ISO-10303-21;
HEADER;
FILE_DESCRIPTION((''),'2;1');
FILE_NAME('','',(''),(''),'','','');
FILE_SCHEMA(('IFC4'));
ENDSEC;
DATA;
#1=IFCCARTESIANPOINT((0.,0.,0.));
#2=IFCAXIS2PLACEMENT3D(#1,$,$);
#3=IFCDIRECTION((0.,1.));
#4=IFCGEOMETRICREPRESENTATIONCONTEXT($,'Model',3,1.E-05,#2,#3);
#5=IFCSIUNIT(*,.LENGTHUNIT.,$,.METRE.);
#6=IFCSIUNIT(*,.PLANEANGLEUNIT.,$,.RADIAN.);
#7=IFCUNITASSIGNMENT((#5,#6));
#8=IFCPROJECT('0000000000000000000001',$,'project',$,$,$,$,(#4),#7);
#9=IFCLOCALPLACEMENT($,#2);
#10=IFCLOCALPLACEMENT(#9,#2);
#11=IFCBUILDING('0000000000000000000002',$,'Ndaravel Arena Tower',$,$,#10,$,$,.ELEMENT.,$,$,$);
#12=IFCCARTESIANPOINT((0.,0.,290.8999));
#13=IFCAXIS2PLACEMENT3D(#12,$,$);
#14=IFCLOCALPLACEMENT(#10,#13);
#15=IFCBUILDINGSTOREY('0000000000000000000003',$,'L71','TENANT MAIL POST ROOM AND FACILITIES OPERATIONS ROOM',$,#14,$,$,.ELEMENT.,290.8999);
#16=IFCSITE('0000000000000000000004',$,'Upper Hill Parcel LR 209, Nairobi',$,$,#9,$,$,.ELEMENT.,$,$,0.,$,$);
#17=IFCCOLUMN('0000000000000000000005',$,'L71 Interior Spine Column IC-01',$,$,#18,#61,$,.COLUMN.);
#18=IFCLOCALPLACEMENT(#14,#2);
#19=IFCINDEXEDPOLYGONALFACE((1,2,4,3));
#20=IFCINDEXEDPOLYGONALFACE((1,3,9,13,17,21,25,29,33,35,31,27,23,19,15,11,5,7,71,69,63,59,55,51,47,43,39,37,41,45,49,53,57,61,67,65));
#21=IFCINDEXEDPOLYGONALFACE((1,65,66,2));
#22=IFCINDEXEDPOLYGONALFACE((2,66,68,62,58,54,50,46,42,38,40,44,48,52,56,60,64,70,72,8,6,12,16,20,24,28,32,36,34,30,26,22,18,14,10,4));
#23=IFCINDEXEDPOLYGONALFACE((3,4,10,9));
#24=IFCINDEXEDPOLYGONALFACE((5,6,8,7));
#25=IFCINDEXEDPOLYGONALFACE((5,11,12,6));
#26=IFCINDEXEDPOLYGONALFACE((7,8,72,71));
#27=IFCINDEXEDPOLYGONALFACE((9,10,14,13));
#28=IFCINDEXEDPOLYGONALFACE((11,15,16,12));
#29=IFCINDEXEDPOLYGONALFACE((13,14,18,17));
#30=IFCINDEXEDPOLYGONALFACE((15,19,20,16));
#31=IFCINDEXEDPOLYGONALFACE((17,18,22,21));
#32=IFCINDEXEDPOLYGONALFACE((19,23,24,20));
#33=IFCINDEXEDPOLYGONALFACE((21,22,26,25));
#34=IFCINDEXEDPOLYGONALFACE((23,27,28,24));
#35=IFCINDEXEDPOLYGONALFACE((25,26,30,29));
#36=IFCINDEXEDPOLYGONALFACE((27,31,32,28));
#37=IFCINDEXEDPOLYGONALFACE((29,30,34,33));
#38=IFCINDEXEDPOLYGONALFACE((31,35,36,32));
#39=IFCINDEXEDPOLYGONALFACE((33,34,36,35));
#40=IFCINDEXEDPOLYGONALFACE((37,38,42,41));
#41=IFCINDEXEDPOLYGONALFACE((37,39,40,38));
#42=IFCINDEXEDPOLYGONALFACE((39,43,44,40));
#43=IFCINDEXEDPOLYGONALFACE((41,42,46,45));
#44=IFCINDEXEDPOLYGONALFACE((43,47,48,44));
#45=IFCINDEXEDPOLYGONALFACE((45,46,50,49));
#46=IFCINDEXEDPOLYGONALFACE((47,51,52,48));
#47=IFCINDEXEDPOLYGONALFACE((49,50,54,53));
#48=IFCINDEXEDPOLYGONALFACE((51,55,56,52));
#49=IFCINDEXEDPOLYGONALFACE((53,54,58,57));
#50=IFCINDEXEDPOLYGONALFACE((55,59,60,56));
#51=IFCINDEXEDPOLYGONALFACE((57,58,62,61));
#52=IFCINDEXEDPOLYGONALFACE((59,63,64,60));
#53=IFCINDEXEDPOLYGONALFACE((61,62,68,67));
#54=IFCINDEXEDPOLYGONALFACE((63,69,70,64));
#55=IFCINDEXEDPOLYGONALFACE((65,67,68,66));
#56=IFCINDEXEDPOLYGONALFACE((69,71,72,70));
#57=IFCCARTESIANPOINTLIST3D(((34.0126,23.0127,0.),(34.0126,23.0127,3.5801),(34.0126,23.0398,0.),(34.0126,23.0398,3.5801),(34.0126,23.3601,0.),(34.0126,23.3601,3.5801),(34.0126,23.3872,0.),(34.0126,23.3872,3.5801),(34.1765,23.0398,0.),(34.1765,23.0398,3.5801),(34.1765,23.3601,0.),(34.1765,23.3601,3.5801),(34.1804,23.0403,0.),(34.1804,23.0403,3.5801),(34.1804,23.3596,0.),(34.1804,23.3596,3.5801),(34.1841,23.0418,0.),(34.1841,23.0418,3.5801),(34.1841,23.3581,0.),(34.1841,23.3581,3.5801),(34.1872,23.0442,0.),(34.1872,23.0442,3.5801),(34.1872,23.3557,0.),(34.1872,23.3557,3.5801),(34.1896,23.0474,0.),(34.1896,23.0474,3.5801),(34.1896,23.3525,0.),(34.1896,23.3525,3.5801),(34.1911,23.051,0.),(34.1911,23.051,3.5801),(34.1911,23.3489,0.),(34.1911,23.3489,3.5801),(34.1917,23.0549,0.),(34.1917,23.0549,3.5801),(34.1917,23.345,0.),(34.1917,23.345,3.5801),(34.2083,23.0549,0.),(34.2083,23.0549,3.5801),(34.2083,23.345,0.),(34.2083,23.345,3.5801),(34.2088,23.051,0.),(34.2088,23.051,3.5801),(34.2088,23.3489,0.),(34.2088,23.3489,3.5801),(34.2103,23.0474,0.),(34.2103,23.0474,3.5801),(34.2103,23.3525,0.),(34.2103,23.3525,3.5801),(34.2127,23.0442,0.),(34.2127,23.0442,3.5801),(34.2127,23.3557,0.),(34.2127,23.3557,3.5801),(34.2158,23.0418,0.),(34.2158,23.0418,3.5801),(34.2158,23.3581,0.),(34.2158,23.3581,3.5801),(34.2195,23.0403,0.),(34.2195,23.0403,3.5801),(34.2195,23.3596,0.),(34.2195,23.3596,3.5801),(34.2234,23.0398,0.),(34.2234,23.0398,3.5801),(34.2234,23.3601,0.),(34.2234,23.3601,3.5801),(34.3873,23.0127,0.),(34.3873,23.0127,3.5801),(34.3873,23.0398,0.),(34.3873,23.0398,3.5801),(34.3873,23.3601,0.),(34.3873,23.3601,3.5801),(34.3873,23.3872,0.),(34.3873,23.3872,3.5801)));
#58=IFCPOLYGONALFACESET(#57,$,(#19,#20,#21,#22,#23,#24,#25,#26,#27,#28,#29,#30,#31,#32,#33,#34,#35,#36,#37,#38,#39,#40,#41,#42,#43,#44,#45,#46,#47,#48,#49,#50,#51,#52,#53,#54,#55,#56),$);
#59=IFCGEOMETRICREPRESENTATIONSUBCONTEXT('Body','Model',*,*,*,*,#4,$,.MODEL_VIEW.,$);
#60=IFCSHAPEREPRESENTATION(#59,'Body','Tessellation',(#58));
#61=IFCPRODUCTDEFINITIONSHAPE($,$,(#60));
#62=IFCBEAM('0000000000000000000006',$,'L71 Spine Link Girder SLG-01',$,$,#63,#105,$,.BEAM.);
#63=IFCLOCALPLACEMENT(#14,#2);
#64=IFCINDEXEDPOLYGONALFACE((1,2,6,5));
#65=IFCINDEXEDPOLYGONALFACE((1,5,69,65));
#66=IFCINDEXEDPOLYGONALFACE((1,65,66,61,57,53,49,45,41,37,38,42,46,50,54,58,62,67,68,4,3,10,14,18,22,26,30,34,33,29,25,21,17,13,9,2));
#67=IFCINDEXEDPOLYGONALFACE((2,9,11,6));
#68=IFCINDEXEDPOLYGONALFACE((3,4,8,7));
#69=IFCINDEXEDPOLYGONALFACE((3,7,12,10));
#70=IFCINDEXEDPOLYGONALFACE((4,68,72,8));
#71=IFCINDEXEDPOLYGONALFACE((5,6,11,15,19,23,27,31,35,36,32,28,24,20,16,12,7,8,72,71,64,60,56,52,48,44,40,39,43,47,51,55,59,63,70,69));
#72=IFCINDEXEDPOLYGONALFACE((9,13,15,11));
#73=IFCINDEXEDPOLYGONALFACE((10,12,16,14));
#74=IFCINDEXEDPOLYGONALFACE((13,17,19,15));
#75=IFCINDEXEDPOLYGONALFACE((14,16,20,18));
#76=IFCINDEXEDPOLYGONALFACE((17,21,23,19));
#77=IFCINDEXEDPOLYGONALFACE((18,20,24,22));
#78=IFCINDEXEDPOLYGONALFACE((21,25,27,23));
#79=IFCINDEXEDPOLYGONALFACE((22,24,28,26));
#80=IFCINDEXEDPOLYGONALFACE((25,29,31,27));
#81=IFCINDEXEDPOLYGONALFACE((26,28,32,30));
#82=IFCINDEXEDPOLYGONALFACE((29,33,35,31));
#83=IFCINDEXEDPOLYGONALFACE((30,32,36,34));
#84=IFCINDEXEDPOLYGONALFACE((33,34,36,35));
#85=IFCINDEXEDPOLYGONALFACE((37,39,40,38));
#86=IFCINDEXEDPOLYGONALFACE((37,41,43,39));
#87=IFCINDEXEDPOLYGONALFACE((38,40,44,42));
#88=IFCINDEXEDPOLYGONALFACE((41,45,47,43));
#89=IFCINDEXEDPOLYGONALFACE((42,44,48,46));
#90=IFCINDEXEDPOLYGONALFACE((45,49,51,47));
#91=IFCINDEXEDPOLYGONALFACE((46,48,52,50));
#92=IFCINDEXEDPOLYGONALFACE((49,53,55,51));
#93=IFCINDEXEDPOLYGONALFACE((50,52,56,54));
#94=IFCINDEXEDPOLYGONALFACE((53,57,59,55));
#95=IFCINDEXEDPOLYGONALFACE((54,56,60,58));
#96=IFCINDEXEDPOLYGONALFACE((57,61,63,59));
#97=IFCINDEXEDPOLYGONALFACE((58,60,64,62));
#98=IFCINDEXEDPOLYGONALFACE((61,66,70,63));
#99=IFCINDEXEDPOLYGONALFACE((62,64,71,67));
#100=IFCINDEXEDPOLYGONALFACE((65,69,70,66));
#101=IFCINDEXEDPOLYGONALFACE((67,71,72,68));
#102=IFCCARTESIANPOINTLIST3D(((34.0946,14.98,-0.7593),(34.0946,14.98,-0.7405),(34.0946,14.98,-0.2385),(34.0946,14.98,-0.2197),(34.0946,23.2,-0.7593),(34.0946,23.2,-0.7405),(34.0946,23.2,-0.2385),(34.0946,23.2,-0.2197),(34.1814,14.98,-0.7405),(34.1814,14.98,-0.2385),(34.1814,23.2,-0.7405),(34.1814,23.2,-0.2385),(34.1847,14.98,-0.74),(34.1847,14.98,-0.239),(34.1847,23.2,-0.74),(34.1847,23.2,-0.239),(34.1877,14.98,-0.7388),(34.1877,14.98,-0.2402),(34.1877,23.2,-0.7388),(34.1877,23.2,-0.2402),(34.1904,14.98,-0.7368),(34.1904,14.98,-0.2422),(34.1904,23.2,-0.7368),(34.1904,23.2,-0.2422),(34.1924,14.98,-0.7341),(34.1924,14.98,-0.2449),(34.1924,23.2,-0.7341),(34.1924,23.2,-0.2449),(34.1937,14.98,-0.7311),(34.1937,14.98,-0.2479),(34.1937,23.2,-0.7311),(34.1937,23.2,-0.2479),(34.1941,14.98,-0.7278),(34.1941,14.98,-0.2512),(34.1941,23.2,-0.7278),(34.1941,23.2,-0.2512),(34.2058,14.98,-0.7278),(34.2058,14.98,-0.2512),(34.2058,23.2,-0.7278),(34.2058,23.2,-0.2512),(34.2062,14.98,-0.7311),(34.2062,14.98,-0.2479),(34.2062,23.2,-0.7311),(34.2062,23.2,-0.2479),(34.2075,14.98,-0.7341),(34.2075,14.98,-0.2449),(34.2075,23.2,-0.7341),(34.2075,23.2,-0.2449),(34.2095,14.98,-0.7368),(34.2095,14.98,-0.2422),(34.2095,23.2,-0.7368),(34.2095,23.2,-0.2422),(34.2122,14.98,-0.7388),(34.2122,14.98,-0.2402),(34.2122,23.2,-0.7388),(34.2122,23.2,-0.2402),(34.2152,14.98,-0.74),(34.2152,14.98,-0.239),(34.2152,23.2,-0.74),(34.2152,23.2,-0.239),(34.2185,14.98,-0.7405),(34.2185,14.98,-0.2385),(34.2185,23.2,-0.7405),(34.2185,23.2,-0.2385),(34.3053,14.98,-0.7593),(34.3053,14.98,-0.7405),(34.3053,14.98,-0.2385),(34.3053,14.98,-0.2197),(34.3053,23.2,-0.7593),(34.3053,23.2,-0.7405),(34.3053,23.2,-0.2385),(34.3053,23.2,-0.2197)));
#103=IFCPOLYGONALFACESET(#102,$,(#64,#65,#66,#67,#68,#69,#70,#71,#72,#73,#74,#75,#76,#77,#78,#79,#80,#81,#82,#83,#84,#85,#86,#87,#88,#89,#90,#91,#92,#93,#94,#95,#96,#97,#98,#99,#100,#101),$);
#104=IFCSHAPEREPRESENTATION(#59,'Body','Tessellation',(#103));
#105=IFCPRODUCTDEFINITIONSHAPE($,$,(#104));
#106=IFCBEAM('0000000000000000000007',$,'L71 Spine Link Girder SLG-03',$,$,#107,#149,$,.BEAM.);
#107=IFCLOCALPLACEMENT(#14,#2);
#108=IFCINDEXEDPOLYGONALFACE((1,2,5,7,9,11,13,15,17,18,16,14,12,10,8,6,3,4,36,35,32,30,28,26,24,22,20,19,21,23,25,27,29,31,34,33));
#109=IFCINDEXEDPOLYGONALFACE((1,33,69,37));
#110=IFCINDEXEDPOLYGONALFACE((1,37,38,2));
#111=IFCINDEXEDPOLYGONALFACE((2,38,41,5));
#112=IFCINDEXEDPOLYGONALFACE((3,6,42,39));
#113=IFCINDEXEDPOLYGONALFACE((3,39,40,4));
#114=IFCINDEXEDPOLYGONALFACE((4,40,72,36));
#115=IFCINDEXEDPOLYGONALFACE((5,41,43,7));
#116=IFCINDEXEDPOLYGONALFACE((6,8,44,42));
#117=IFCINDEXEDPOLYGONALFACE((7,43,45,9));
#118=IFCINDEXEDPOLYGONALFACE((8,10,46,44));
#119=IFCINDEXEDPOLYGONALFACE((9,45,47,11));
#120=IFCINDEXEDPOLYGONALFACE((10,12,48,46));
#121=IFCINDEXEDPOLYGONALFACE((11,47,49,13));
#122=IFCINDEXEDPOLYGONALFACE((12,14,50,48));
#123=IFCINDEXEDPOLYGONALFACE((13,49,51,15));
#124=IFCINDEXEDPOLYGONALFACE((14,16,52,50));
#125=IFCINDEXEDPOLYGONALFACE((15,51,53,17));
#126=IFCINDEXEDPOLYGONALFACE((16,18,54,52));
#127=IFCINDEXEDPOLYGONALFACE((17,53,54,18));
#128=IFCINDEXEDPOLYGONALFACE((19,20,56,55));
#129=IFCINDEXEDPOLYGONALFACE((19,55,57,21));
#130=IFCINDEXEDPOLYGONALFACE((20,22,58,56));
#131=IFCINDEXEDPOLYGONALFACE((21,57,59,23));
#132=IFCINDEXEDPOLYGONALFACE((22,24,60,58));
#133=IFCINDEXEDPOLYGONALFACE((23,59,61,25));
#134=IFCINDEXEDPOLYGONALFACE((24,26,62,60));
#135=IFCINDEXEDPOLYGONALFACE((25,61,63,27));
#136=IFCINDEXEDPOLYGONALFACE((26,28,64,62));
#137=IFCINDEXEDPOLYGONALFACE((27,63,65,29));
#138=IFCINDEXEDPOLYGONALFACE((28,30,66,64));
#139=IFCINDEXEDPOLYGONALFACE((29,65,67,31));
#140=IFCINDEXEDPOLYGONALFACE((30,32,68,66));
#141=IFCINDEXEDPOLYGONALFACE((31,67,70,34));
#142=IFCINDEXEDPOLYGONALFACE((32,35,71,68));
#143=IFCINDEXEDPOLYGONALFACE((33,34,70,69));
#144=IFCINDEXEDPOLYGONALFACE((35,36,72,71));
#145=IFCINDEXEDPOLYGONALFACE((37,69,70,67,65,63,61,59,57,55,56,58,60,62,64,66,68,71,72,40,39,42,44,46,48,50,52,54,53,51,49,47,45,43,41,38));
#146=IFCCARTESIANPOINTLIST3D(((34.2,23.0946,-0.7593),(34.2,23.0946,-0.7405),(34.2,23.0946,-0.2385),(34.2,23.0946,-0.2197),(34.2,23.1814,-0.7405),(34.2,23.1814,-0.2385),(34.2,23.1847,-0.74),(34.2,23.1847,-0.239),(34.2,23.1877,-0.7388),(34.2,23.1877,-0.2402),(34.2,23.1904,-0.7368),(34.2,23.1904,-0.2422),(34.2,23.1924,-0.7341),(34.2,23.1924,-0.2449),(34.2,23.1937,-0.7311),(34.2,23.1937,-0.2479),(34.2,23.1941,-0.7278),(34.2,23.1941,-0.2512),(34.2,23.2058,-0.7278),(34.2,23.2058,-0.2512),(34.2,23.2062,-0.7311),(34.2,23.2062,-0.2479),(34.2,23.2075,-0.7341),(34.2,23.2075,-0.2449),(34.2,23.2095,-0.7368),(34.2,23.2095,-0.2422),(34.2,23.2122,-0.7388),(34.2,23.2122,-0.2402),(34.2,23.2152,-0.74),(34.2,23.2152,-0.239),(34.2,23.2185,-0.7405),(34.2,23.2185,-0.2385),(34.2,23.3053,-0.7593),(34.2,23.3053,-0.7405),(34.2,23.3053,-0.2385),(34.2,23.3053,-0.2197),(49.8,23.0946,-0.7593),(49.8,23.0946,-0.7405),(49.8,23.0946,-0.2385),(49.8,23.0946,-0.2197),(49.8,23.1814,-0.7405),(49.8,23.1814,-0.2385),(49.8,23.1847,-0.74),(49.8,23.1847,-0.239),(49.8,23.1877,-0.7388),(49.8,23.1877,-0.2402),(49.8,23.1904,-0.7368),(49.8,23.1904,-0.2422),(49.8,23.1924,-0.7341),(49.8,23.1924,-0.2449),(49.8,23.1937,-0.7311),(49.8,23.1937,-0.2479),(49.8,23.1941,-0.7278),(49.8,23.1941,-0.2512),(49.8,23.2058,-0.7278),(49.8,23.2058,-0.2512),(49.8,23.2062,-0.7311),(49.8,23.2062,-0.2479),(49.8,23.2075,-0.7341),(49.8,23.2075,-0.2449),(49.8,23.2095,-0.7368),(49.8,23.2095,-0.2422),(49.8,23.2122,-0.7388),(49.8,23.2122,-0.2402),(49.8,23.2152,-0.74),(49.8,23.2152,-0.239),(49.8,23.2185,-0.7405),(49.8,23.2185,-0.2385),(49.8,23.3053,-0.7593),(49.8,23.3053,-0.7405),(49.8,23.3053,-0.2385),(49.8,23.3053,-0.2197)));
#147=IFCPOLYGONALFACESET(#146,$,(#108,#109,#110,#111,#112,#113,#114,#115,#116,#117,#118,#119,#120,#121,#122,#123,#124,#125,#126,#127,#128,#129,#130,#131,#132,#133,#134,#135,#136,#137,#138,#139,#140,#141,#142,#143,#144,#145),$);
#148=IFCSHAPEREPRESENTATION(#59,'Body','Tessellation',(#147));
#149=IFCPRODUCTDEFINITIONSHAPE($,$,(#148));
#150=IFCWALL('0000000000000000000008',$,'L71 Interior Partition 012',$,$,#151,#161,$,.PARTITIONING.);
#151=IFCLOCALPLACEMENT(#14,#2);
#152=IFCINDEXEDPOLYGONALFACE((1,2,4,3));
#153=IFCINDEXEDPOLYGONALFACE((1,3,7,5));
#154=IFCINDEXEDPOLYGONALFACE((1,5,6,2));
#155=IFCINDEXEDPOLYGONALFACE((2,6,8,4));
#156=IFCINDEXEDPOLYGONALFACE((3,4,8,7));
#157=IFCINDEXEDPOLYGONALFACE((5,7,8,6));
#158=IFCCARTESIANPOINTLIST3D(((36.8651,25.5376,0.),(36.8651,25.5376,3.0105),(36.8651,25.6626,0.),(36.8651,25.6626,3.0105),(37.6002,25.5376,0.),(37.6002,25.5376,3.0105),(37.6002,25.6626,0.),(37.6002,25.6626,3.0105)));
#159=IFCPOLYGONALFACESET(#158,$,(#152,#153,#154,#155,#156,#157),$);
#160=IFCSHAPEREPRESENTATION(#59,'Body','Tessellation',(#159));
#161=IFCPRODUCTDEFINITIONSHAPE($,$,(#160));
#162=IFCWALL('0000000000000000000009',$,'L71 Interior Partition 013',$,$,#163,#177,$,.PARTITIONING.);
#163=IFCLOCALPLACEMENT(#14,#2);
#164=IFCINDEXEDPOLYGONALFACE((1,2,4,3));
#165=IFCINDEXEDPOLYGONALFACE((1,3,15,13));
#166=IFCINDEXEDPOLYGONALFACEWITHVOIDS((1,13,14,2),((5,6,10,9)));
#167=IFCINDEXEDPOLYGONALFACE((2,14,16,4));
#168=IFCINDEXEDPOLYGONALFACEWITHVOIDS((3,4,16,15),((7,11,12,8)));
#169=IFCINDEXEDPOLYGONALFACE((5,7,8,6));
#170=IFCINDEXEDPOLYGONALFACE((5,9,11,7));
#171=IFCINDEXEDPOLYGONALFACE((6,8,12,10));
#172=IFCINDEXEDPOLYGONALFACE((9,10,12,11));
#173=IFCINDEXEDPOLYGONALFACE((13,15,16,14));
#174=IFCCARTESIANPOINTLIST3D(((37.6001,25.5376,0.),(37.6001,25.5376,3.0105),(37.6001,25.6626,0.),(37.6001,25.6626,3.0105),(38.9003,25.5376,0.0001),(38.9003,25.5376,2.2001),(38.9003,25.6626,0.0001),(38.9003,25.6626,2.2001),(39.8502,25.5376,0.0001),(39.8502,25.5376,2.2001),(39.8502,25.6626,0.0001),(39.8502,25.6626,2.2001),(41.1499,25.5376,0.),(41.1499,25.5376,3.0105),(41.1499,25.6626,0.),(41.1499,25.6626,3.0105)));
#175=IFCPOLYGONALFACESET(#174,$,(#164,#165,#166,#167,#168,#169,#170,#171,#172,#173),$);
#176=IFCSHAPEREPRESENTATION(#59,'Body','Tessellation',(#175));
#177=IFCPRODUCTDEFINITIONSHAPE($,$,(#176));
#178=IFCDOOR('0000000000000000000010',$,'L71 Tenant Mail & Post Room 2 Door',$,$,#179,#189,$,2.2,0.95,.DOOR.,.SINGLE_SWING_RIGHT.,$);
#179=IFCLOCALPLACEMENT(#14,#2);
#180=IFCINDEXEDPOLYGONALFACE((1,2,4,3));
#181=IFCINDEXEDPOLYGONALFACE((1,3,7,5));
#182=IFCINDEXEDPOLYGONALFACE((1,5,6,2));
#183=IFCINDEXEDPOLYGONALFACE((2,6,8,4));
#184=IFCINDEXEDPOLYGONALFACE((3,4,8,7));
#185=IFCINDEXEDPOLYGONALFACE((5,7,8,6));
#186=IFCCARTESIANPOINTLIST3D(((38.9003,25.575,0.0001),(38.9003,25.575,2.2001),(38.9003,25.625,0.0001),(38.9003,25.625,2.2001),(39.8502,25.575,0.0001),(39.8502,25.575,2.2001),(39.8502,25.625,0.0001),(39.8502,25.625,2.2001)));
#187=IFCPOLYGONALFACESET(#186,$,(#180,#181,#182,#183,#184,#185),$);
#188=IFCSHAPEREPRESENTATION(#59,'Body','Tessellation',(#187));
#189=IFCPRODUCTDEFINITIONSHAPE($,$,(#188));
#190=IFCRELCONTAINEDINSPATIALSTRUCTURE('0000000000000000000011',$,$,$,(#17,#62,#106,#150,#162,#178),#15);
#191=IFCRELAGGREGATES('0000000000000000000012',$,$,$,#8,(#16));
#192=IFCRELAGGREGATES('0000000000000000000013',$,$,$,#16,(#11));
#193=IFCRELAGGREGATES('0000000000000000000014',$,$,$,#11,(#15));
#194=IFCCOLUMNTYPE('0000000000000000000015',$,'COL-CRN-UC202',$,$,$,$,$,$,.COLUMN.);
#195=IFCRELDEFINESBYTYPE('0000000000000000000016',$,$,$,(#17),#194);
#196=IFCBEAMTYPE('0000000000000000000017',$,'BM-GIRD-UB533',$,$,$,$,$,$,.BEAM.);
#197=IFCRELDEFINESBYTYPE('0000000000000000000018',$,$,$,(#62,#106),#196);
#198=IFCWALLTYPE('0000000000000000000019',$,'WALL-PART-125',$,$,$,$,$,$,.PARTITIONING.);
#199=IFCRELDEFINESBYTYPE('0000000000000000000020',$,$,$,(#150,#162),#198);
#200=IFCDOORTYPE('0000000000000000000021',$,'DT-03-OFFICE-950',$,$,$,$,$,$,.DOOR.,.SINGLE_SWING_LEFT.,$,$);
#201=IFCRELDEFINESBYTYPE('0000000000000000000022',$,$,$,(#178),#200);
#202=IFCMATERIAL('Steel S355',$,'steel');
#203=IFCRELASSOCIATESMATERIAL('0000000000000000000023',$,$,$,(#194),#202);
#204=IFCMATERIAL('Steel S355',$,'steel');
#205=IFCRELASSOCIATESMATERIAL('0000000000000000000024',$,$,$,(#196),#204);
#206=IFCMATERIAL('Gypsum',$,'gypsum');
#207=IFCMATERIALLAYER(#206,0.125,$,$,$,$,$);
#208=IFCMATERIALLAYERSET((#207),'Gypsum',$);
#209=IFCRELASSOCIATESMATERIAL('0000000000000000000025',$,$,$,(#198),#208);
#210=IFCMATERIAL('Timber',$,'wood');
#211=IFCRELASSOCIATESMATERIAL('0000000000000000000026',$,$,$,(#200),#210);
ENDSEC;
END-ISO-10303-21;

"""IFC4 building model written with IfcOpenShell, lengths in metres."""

from ifc_helpers import new_model, si_unit, direction, frame, frame_2d, origin, origin_2d, place, context, subcontext, project, spatial, rectangle, i_section, extrude, material, layer, layer_set, material_profile, profile_set, type_object, element, fill, save


model = new_model("IFC4")

# Units and contexts
model_context = context("Model", 3, precision=1e-05, world=origin(), true_north=direction((0.0, 1.0)))
body_context = subcontext(model_context, "Body", "Model", "MODEL_VIEW")
ifc_project = project(units=[si_unit("LENGTHUNIT", "METRE"), si_unit("PLANEANGLEUNIT", "RADIAN")], contexts=[model_context])

# Site, building, storey
site_placement = place(None, origin())
site = spatial("IfcSite", under=ifc_project, at=site_placement, Name="Upper Hill Parcel LR 209, Nairobi", CompositionType="ELEMENT", RefElevation=0.0)
building_placement = place(site_placement, origin())
building = spatial("IfcBuilding", under=site, at=building_placement, Name="Ndaravel Arena Tower", CompositionType="ELEMENT")
storey_placement = place(building_placement, frame((0.0, 0.0, 290.8999)))
storey = spatial("IfcBuildingStorey", under=building, at=storey_placement, Name="L71", Description="TENANT MAIL POST ROOM AND FACILITIES OPERATIONS ROOM", CompositionType="ELEMENT", Elevation=290.8999)

# Column
ifc_material_1 = material(Name="Steel S355", Category="steel")
ifc_material_profile_1 = material_profile(ifc_material_1, i_section(OverallWidth=0.3748, OverallDepth=0.3745, WebThickness=0.0166, FlangeThickness=0.0271, FilletRadius=0.0151, at=origin_2d()), Name="UC 356x368x202")
ifc_profile_set_1 = profile_set([ifc_material_profile_1], Name="Steel S355")
column_type = type_object("IfcColumnType", Name="COL-CRN-UC202", PredefinedType="COLUMN", material=ifc_profile_set_1)
column_placement = place(storey_placement, frame((34.2, 23.2, 0.0), z_axis=(0.0, 0.0, 1.0), x_axis=(1.0, 0.0, 0.0)))
element("IfcColumn", 1, at=column_placement, inside=storey, type_object=column_type, Name="L71 Interior Spine Column IC-01", PredefinedType="COLUMN", context=body_context, shape_type="SweptSolid", body=[
    extrude(i_section(OverallWidth=0.3748, OverallDepth=0.3745, WebThickness=0.0166, FlangeThickness=0.0271, FilletRadius=0.0151, at=origin_2d()), origin(), (0.0, 0.0, 1.0), 3.5801),
])

# Beams
ifc_material_2 = material(Name="Steel S355", Category="steel")
ifc_material_profile_2 = material_profile(ifc_material_2, i_section(OverallWidth=0.2107, OverallDepth=0.5396, WebThickness=0.0117, FlangeThickness=0.0188, FilletRadius=0.0127, at=origin_2d()), Name="UB 533x210x109")
ifc_profile_set_2 = profile_set([ifc_material_profile_2], Name="Steel S355")
beam_type = type_object("IfcBeamType", Name="BM-GIRD-UB533", PredefinedType="BEAM", material=ifc_profile_set_2)
beam_1_placement = place(storey_placement, frame((34.2, 14.98, -0.4895), z_axis=(0.0, 1.0, 0.0), x_axis=(-1.0, 0.0, 0.0)))
element("IfcBeam", 2, at=beam_1_placement, inside=storey, type_object=beam_type, Name="L71 Spine Link Girder SLG-01", PredefinedType="BEAM", context=body_context, shape_type="SweptSolid", body=[
    extrude(i_section(OverallWidth=0.2107, OverallDepth=0.5396, WebThickness=0.0117, FlangeThickness=0.0188, FilletRadius=0.0127, at=origin_2d()), origin(), (0.0, 0.0, 1.0), 8.22),
])
beam_2_placement = place(storey_placement, frame((34.2, 23.2, -0.4895), z_axis=(1.0, 0.0, 0.0), x_axis=(0.0, 1.0, 0.0)))
element("IfcBeam", 3, at=beam_2_placement, inside=storey, type_object=beam_type, Name="L71 Spine Link Girder SLG-03", PredefinedType="BEAM", context=body_context, shape_type="SweptSolid", body=[
    extrude(i_section(OverallWidth=0.2107, OverallDepth=0.5396, WebThickness=0.0117, FlangeThickness=0.0188, FilletRadius=0.0127, at=origin_2d()), origin(), (0.0, 0.0, 1.0), 15.6001),
])

# Wall
ifc_material_3 = material(Name="Gypsum", Category="gypsum")
ifc_layer_1 = layer(ifc_material_3, 0.125)
ifc_layer_set_1 = layer_set([ifc_layer_1], Name="Gypsum")
wall_type_1 = type_object("IfcWallType", Name="WALL-PART-125", PredefinedType="PARTITIONING", material=ifc_layer_set_1)
wall_1_placement = place(storey_placement, frame((36.865, 25.6001, 0.0), z_axis=(0.0, 0.0, 1.0), x_axis=(1.0, 0.0, 0.0)))
element("IfcWall", 4, at=wall_1_placement, inside=storey, type_object=wall_type_1, Name="L71 Interior Partition 012", PredefinedType="PARTITIONING", context=body_context, shape_type="SweptSolid", body=[
    extrude(rectangle(XDim=0.7351, YDim=0.125, at=frame_2d((0.3677, 0.0))), origin(), (0.0, 0.0, 1.0), 3.0105),
])

# Wall, opening, door
wall_2_placement = place(storey_placement, frame((37.6001, 25.6001, 0.0), z_axis=(0.0, 0.0, 1.0), x_axis=(1.0, 0.0, 0.0)))
wall_2 = element("IfcWall", 5, at=wall_2_placement, inside=storey, type_object=wall_type_1, Name="L71 Interior Partition 013", PredefinedType="PARTITIONING", context=body_context, shape_type="SweptSolid", body=[
    extrude(rectangle(XDim=3.5498, YDim=0.125, at=frame_2d((1.7749, 0.0))), origin(), (0.0, 0.0, 1.0), 3.0105),
])
opening_1_placement = place(wall_2_placement, frame((1.3, 0.0, 0.0)))
opening_1 = element("IfcOpeningElement", 6, at=opening_1_placement, cuts=wall_2, PredefinedType="OPENING", context=body_context, shape_type="SweptSolid", body=[
    extrude(rectangle(XDim=0.95, YDim=2.2, at=frame_2d((0.4751, 1.1001))), frame((0.0, 0.0625, 0.0), z_axis=(0.0, -1.0, 0.0), x_axis=(1.0, 0.0, 0.0)), (0.0, 0.0, 1.0), 0.125),
])
ifc_material_4 = material(Name="Timber", Category="wood")
door_type_1 = type_object("IfcDoorType", Name="DT-03-OFFICE-950", OperationType="SINGLE_SWING_LEFT", PredefinedType="DOOR", material=ifc_material_4)
door_1_placement = place(opening_1_placement, origin())
door_1 = element("IfcDoor", 7, at=door_1_placement, inside=storey, type_object=door_type_1, Name="L71 Tenant Mail & Post Room 2 Door", OperationType="SINGLE_SWING_RIGHT", OverallHeight=2.2, OverallWidth=0.95, PredefinedType="DOOR", context=body_context, shape_type="SweptSolid", body=[
    extrude(rectangle(XDim=0.95, YDim=2.2, at=frame_2d((0.4751, 1.1001))), frame((0.0, 0.0249, 0.0), z_axis=(0.0, -1.0, 0.0), x_axis=(1.0, 0.0, 0.0)), (0.0, 0.0, 1.0), 0.05),
])
fill(opening_1, door_1)

save(model, "model.ifc")
